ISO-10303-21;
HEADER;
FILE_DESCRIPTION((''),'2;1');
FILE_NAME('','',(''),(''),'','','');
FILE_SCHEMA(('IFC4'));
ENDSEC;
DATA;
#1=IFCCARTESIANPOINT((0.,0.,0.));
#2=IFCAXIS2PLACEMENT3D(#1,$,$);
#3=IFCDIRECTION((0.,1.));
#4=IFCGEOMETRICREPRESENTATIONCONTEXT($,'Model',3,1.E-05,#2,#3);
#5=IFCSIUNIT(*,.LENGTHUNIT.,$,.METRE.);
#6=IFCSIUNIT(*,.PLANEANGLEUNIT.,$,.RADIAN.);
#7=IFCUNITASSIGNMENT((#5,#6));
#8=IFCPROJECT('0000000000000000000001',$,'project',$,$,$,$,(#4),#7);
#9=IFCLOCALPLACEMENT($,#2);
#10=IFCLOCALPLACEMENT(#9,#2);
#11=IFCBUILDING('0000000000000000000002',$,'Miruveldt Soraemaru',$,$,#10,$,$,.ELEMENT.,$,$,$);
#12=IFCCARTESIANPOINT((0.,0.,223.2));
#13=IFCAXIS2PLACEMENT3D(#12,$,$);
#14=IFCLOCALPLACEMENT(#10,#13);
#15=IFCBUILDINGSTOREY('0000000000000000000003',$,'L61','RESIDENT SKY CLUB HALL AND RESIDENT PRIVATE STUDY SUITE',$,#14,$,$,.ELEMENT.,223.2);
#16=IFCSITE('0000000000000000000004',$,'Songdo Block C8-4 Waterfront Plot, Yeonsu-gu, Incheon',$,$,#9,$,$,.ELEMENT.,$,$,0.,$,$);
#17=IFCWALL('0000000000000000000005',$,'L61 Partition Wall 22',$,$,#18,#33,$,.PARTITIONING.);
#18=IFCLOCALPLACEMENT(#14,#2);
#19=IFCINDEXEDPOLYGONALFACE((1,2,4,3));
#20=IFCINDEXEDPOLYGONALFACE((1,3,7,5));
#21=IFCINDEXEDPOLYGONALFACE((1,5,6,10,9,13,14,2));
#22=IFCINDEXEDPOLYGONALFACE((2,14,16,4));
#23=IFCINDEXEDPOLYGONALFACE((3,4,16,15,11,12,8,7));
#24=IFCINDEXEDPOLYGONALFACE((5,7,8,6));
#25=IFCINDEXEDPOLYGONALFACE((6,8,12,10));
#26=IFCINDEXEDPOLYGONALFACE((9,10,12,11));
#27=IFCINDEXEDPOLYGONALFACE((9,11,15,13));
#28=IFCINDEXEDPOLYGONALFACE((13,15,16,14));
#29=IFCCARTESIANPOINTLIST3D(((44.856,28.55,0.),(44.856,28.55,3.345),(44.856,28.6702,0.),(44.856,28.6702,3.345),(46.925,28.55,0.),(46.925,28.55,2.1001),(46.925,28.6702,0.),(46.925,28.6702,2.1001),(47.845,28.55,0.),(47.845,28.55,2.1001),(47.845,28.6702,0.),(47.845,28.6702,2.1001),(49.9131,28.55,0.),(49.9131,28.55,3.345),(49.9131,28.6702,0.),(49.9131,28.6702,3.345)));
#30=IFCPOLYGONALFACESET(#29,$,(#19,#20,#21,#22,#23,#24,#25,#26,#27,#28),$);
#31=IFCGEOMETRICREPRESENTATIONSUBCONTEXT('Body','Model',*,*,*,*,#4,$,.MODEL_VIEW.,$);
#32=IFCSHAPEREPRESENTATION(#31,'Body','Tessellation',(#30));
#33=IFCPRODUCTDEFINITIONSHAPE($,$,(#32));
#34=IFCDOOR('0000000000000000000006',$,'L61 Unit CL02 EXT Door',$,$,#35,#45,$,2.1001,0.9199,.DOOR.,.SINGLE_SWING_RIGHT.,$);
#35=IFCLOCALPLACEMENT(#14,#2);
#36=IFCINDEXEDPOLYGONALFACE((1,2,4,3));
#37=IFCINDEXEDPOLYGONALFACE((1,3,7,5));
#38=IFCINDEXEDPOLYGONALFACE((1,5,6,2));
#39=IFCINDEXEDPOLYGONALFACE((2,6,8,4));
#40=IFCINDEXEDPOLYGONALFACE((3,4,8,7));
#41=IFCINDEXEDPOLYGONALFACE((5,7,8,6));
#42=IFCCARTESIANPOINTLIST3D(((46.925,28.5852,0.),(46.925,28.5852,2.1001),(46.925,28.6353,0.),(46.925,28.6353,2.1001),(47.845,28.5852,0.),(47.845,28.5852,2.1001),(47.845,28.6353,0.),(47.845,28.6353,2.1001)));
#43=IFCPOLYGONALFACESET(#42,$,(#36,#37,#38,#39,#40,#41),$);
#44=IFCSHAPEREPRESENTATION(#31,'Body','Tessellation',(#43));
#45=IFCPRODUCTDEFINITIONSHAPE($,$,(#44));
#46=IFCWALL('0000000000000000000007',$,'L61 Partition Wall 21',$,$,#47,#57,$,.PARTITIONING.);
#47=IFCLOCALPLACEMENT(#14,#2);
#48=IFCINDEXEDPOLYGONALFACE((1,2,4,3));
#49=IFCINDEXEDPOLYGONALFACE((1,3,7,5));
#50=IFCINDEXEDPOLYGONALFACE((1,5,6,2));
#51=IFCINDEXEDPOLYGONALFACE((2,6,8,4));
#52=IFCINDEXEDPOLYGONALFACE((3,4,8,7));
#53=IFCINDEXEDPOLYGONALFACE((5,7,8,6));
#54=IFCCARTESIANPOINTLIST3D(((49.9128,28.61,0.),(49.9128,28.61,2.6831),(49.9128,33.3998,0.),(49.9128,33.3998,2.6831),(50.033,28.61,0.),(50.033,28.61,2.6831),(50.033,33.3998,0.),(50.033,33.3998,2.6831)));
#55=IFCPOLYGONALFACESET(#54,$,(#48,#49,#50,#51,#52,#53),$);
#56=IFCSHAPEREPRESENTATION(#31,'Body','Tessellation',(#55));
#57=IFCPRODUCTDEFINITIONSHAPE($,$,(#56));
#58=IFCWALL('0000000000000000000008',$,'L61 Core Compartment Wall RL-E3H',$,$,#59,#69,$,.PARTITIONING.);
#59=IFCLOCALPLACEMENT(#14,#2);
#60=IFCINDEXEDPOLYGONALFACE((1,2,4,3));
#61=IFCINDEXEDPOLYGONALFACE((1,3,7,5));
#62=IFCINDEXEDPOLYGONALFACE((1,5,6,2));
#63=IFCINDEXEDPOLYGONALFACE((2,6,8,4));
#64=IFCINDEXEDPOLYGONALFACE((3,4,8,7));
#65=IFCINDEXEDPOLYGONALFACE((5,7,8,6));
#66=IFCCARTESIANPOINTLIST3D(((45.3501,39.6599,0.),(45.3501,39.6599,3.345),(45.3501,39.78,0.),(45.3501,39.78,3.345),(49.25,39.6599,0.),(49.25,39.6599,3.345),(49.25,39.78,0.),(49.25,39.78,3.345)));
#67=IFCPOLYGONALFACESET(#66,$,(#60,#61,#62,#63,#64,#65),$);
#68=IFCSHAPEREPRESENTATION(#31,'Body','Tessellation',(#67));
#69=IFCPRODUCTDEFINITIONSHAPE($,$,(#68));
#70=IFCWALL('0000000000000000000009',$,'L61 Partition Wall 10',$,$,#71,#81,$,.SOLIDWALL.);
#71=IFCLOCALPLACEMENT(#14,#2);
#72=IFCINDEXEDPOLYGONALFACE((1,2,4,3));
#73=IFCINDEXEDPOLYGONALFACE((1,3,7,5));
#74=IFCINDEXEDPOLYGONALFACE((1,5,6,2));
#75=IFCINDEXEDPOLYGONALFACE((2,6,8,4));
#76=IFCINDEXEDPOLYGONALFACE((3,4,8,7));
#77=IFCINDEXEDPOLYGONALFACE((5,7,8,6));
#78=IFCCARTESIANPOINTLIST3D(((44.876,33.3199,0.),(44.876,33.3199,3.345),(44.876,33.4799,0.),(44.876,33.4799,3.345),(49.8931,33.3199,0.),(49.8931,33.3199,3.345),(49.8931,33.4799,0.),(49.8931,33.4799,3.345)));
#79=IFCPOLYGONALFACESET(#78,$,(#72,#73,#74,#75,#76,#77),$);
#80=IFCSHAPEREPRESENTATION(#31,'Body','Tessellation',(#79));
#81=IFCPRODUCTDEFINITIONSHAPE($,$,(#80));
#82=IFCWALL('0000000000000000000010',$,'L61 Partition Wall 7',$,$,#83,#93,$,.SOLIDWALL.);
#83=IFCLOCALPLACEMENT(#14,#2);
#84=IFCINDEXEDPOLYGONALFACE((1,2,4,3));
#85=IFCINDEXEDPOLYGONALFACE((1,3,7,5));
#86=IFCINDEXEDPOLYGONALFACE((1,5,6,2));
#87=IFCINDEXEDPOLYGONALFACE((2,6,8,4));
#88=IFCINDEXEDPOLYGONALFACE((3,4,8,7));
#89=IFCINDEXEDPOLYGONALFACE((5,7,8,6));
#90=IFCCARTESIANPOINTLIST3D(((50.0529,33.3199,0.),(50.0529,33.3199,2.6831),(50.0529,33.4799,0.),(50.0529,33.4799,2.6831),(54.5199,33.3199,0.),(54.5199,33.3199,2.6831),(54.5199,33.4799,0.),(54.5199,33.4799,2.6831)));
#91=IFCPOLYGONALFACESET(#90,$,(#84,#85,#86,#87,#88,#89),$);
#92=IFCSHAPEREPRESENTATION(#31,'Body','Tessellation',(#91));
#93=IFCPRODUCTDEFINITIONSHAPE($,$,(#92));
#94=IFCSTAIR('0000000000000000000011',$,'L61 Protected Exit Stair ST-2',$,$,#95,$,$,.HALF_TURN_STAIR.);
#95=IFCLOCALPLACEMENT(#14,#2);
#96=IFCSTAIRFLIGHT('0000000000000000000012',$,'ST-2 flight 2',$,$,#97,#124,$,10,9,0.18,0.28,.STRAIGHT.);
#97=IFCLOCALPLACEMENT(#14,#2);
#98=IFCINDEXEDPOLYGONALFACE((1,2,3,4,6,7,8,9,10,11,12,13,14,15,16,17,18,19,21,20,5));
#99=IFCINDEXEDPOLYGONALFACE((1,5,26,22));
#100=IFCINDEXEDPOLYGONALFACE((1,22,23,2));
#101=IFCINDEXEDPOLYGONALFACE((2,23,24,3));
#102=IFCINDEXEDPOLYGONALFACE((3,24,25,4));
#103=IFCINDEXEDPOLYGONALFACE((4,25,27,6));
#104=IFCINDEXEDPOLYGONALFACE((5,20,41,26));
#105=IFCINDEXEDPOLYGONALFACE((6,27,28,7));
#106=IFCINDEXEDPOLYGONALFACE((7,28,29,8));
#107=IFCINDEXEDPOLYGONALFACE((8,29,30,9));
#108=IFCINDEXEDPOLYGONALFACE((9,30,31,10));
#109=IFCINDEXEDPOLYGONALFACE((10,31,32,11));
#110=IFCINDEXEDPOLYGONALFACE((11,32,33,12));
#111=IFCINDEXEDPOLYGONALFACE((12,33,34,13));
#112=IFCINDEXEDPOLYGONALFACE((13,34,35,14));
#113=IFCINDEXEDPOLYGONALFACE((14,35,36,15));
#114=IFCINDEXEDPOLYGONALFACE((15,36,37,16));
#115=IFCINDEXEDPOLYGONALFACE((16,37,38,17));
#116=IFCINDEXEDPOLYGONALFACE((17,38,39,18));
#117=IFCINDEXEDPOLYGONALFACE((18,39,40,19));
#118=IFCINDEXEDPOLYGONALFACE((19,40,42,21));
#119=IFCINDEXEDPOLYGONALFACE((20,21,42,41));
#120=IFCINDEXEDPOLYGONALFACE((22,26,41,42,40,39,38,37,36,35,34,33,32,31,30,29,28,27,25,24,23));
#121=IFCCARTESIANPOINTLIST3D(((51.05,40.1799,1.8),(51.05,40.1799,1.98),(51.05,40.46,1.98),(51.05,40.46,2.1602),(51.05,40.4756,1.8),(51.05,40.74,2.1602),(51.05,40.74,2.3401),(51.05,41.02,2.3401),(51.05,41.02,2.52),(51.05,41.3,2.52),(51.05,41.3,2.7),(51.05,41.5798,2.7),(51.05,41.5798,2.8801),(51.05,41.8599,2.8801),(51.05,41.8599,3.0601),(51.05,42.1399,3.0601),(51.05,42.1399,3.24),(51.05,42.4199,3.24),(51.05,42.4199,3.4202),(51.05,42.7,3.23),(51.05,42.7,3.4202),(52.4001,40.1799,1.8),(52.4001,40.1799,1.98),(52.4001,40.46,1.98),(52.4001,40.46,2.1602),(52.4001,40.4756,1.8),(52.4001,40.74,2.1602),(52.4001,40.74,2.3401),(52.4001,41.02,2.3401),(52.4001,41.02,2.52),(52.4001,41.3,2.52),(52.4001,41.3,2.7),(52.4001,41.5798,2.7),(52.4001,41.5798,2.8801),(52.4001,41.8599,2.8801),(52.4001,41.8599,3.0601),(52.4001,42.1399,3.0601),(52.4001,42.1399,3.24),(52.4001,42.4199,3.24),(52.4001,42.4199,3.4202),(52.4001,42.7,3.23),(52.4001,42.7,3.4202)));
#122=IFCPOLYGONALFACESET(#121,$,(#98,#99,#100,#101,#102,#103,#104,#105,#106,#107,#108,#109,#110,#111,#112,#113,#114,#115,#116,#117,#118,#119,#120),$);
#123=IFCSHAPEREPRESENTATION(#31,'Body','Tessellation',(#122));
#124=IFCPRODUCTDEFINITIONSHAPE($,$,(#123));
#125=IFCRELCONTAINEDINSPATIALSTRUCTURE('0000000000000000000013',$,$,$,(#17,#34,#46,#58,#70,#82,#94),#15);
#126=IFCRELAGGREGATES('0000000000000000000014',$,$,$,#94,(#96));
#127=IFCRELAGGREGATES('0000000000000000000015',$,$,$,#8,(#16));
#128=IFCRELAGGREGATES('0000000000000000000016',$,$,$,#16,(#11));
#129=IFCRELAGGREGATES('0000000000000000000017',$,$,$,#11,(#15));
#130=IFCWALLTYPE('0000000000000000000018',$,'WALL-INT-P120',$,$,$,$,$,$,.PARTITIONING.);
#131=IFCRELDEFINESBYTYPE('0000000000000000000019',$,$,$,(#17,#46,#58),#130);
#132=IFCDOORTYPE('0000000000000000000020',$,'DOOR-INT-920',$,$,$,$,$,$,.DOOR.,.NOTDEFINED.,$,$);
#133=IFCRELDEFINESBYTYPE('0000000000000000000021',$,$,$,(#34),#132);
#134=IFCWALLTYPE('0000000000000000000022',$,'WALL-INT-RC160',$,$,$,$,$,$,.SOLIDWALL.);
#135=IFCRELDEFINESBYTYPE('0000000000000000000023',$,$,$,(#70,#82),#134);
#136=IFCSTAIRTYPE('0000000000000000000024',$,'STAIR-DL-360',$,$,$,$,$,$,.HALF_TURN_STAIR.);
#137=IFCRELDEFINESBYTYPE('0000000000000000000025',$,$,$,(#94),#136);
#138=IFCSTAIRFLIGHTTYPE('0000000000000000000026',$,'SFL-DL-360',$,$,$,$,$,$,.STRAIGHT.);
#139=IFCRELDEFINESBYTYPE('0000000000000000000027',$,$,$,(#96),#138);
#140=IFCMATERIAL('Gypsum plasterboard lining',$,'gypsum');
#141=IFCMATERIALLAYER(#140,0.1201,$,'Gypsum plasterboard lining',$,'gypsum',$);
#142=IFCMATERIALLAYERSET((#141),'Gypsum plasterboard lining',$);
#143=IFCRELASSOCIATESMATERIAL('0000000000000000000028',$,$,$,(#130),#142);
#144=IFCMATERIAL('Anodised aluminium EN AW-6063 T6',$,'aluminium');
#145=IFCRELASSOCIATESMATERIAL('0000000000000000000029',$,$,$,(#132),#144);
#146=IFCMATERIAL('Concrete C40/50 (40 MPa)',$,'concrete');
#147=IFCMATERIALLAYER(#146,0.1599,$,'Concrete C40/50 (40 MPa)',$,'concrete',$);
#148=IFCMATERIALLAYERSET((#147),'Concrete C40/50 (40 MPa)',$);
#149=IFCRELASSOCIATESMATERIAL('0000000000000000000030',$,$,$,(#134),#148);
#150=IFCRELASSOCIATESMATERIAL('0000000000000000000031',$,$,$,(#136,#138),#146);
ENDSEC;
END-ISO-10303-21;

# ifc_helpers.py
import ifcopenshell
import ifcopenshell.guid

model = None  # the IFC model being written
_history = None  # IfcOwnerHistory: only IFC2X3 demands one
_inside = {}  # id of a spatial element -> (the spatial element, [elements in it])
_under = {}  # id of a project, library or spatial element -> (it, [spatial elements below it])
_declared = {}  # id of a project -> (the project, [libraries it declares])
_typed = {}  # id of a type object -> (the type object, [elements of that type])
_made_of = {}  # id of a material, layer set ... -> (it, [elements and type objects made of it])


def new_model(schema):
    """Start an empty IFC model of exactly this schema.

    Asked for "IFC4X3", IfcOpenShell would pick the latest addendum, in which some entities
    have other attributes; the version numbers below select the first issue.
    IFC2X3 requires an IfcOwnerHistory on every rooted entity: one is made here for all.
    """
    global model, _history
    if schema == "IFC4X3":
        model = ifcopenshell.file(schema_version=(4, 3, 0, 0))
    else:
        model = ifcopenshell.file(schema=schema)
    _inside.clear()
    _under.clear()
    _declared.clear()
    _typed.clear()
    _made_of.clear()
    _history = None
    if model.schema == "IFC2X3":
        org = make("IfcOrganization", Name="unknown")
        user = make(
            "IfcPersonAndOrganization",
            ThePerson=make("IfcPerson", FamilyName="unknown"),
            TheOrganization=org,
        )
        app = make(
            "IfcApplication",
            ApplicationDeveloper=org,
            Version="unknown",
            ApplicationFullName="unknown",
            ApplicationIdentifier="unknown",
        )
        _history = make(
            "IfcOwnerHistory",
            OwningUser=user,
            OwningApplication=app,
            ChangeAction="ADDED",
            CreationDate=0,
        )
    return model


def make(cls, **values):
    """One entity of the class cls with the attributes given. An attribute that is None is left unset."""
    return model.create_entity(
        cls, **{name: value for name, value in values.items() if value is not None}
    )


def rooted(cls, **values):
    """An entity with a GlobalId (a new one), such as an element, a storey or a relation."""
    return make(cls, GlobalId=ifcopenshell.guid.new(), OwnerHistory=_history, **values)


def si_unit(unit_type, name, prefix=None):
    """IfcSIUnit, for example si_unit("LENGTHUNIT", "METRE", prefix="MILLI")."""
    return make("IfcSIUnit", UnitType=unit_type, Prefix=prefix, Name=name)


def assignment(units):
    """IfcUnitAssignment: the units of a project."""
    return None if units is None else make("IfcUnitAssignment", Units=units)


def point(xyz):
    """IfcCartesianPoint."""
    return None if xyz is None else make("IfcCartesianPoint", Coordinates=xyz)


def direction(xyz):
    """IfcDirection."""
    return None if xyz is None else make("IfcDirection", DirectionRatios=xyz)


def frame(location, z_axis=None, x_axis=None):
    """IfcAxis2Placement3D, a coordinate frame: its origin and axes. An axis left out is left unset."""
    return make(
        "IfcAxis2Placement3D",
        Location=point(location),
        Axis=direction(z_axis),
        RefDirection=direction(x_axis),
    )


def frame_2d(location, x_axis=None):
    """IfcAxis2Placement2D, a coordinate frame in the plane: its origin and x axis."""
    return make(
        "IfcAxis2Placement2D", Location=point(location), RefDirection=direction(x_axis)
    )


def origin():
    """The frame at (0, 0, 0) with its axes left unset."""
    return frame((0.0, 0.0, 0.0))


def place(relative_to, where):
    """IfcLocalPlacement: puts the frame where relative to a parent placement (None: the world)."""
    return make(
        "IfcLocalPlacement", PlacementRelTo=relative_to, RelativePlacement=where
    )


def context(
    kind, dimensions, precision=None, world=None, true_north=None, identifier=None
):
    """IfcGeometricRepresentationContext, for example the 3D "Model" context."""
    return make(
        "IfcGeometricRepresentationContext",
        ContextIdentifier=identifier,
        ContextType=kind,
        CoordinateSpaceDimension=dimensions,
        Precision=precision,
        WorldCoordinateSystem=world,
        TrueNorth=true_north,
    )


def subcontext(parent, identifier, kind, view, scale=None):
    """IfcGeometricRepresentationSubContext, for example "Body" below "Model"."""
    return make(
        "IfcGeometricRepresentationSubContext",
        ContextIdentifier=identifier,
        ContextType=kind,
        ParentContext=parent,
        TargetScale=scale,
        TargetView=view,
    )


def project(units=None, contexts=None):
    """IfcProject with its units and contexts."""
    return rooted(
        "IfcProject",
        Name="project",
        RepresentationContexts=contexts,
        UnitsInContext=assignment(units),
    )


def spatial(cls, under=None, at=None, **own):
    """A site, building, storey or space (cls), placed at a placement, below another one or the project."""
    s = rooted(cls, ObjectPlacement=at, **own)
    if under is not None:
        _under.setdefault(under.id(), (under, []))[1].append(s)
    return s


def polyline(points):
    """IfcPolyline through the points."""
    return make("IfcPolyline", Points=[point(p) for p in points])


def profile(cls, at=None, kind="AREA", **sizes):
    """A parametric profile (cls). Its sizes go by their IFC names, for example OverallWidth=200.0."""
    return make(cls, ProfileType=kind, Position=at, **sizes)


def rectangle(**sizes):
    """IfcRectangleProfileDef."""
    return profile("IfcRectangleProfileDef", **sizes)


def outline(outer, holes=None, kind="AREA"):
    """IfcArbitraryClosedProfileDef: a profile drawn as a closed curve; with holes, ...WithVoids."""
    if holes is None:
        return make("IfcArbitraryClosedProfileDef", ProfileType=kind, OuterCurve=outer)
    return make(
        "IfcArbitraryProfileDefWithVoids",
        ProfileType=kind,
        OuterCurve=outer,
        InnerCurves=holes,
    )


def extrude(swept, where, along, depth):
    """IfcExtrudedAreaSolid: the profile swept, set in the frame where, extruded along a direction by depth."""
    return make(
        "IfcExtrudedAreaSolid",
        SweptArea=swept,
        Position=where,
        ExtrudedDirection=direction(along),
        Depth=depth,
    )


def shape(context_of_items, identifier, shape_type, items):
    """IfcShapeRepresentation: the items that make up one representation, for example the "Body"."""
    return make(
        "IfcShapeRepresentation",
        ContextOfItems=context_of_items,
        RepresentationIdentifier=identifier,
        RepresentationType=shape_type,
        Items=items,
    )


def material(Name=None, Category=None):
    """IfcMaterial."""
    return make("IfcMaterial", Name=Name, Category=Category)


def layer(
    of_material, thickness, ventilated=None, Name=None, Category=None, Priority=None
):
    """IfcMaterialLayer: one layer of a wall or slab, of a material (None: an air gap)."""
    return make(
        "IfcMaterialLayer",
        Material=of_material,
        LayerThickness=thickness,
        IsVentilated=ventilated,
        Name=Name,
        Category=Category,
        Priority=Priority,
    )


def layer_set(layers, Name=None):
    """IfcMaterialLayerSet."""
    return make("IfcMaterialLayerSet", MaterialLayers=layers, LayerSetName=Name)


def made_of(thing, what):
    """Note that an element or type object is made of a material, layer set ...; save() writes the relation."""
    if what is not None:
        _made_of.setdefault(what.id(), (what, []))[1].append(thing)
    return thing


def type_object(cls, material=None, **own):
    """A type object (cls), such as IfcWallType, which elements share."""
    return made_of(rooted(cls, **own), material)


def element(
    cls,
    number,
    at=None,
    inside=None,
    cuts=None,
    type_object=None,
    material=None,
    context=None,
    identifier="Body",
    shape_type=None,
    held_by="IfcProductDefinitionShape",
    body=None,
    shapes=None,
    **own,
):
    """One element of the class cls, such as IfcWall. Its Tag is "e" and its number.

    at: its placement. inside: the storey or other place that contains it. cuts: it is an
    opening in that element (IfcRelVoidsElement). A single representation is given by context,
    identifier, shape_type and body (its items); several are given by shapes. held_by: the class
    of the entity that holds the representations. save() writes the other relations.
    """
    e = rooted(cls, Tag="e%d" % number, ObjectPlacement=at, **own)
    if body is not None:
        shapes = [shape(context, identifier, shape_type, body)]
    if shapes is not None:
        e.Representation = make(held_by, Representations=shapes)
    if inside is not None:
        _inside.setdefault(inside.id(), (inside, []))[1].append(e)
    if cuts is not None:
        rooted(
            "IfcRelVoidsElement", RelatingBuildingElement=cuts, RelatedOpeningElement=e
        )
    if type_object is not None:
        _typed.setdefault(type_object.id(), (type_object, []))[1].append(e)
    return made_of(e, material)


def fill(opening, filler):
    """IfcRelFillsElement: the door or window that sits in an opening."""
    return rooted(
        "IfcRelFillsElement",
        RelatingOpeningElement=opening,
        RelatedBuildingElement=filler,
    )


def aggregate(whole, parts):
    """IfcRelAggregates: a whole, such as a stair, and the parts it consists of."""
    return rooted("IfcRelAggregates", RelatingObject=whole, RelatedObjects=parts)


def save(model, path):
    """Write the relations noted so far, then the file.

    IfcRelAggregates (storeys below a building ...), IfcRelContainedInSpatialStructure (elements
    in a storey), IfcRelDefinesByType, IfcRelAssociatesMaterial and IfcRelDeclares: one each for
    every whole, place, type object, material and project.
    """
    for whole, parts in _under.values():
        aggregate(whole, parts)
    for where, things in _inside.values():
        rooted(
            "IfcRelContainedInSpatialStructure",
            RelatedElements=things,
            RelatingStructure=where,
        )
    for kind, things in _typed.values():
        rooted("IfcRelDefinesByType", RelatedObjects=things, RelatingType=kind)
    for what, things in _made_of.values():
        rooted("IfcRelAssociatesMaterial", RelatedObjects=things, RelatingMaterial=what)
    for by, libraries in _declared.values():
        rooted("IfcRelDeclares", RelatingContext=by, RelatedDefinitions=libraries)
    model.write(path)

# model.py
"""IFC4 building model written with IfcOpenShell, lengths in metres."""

from ifc_helpers import new_model, si_unit, direction, frame, frame_2d, origin, place, context, subcontext, project, spatial, polyline, rectangle, outline, extrude, material, layer, layer_set, type_object, element, fill, aggregate, save


model = new_model("IFC4")

# Units and contexts
model_context = context("Model", 3, precision=1e-05, world=origin(), true_north=direction((0.0, 1.0)))
body_context = subcontext(model_context, "Body", "Model", "MODEL_VIEW")
ifc_project = project(units=[si_unit("LENGTHUNIT", "METRE"), si_unit("PLANEANGLEUNIT", "RADIAN")], contexts=[model_context])

# Site, building, storey
site_placement = place(None, origin())
site = spatial("IfcSite", under=ifc_project, at=site_placement, Name="Songdo Block C8-4 Waterfront Plot, Yeonsu-gu, Incheon", CompositionType="ELEMENT", RefElevation=0.0)
building_placement = place(site_placement, origin())
building = spatial("IfcBuilding", under=site, at=building_placement, Name="Miruveldt Soraemaru", CompositionType="ELEMENT")
storey_placement = place(building_placement, frame((0.0, 0.0, 223.2)))
storey = spatial("IfcBuildingStorey", under=building, at=storey_placement, Name="L61", Description="RESIDENT SKY CLUB HALL AND RESIDENT PRIVATE STUDY SUITE", CompositionType="ELEMENT", Elevation=223.2)

# Shared definitions
ifc_material_1 = material(Name="Gypsum plasterboard lining", Category="gypsum")
ifc_layer_1 = layer(ifc_material_1, 0.1201, Name="Gypsum plasterboard lining", Category="gypsum")
ifc_layer_set_1 = layer_set([ifc_layer_1], Name="Gypsum plasterboard lining")
wall_type_1 = type_object("IfcWallType", Name="WALL-INT-P120", PredefinedType="PARTITIONING", material=ifc_layer_set_1)
ifc_material_2 = material(Name="Anodised aluminium EN AW-6063 T6", Category="aluminium")

# Wall, opening, door
wall_1_placement = place(storey_placement, frame((49.9131, 28.6101, 0.0), z_axis=(0.0, 0.0, 1.0), x_axis=(-1.0, 0.0, 0.0)))
wall_1 = element("IfcWall", 1, at=wall_1_placement, inside=storey, type_object=wall_type_1, Name="L61 Partition Wall 22", PredefinedType="PARTITIONING", context=body_context, shape_type="SweptSolid", body=[
    extrude(rectangle(XDim=5.0571, YDim=0.1201, at=frame_2d((2.5286, 0.0))), origin(), (0.0, 0.0, 1.0), 3.345),
])
opening_1_placement = place(wall_1_placement, frame((2.0681, 0.0, 0.0)))
opening_1 = element("IfcOpeningElement", 2, at=opening_1_placement, cuts=wall_1, PredefinedType="OPENING", context=body_context, shape_type="SweptSolid", body=[
    extrude(rectangle(XDim=0.9199, YDim=2.1001, at=frame_2d((0.46, 1.05))), frame((0.0, 0.0701, 0.0), z_axis=(0.0, -1.0, 0.0), x_axis=(1.0, 0.0, 0.0)), (0.0, 0.0, 1.0), 0.1401),
])
door_type_1 = type_object("IfcDoorType", Name="DOOR-INT-920", OperationType="NOTDEFINED", PredefinedType="DOOR", material=ifc_material_2)
door_1_placement = place(opening_1_placement, origin())
door_1 = element("IfcDoor", 3, at=door_1_placement, inside=storey, type_object=door_type_1, Name="L61 Unit CL02 EXT Door", OperationType="SINGLE_SWING_RIGHT", OverallHeight=2.1001, OverallWidth=0.9199, PredefinedType="DOOR", context=body_context, shape_type="SweptSolid", body=[
    extrude(rectangle(XDim=0.9199, YDim=2.1001, at=frame_2d((0.46, 1.05))), frame((0.0, 0.0249, 0.0), z_axis=(0.0, -1.0, 0.0), x_axis=(1.0, 0.0, 0.0)), (0.0, 0.0, 1.0), 0.05),
])
fill(opening_1, door_1)

# Walls
wall_2_placement = place(storey_placement, frame((49.9729, 33.3999, 0.0), z_axis=(0.0, 0.0, 1.0), x_axis=(0.0, -1.0, 0.0)))
element("IfcWall", 4, at=wall_2_placement, inside=storey, type_object=wall_type_1, Name="L61 Partition Wall 21", PredefinedType="PARTITIONING", context=body_context, shape_type="SweptSolid", body=[
    extrude(rectangle(XDim=4.7898, YDim=0.1201, at=frame_2d((2.395, 0.0))), origin(), (0.0, 0.0, 1.0), 2.6831),
])
wall_3_placement = place(storey_placement, frame((45.3501, 39.72, 0.0), z_axis=(0.0, 0.0, 1.0), x_axis=(1.0, 0.0, 0.0)))
element("IfcWall", 5, at=wall_3_placement, inside=storey, type_object=wall_type_1, Name="L61 Core Compartment Wall RL-E3H", PredefinedType="PARTITIONING", context=body_context, shape_type="SweptSolid", body=[
    extrude(rectangle(XDim=3.8999, YDim=0.1201, at=frame_2d((1.95, 0.0))), origin(), (0.0, 0.0, 1.0), 3.345),
])
ifc_material_3 = material(Name="Concrete C40/50 (40 MPa)", Category="concrete")
ifc_layer_2 = layer(ifc_material_3, 0.1599, Name="Concrete C40/50 (40 MPa)", Category="concrete")
ifc_layer_set_2 = layer_set([ifc_layer_2], Name="Concrete C40/50 (40 MPa)")
wall_type_2 = type_object("IfcWallType", Name="WALL-INT-RC160", PredefinedType="SOLIDWALL", material=ifc_layer_set_2)
wall_4_placement = place(storey_placement, frame((44.876, 33.3999, 0.0), z_axis=(0.0, 0.0, 1.0), x_axis=(1.0, 0.0, 0.0)))
element("IfcWall", 6, at=wall_4_placement, inside=storey, type_object=wall_type_2, Name="L61 Partition Wall 10", PredefinedType="SOLIDWALL", context=body_context, shape_type="SweptSolid", body=[
    extrude(rectangle(XDim=5.0171, YDim=0.1599, at=frame_2d((2.5085, 0.0))), origin(), (0.0, 0.0, 1.0), 3.345),
])
wall_5_placement = place(storey_placement, frame((50.053, 33.3999, 0.0), z_axis=(0.0, 0.0, 1.0), x_axis=(1.0, 0.0, 0.0)))
element("IfcWall", 7, at=wall_5_placement, inside=storey, type_object=wall_type_2, Name="L61 Partition Wall 7", PredefinedType="SOLIDWALL", context=body_context, shape_type="SweptSolid", body=[
    extrude(rectangle(XDim=4.467, YDim=0.1599, at=frame_2d((2.2334, 0.0))), origin(), (0.0, 0.0, 1.0), 2.6831),
])

# Stair, stair flight
stair_type = type_object("IfcStairType", Name="STAIR-DL-360", PredefinedType="HALF_TURN_STAIR", material=ifc_material_3)
stair_placement = place(storey_placement, origin())
stair = element("IfcStair", 8, at=stair_placement, inside=storey, type_object=stair_type, Name="L61 Protected Exit Stair ST-2", PredefinedType="HALF_TURN_STAIR")
stair_flight_type = type_object("IfcStairFlightType", Name="SFL-DL-360", PredefinedType="STRAIGHT", material=ifc_material_3)
stair_flight_placement = place(storey_placement, frame((51.7251, 40.1799, 1.8), z_axis=(0.0, 0.0, 1.0), x_axis=(0.0, 1.0, 0.0)))
stair_flight = element("IfcStairFlight", 9, at=stair_flight_placement, type_object=stair_flight_type, Name="ST-2 flight 2", NumberOfRisers=10, NumberOfTreads=9, PredefinedType="STRAIGHT", RiserHeight=0.18, TreadLength=0.28, context=body_context, shape_type="SweptSolid", body=[
    extrude(outline(polyline([(0.0, 0.0), (0.0, 0.1799), (0.28, 0.1799), (0.28, 0.3601), (0.5601, 0.3601), (0.5601, 0.54), (0.8401, 0.54), (0.8401, 0.72), (1.1201, 0.72), (1.1201, 0.8999), (1.3999, 0.8999), (1.3999, 1.0801), (1.6799, 1.0801), (1.6799, 1.26), (1.96, 1.26), (1.96, 1.4399), (2.24, 1.4399), (2.24, 1.6201), (2.52, 1.6201), (2.52, 1.8), (2.52, 1.4299), (0.2957, 0.0), (0.0, 0.0)])), frame((0.0, 0.675, 0.0), z_axis=(0.0, -1.0, 0.0), x_axis=(1.0, 0.0, 0.0)), (0.0, 0.0, 1.0), 1.3501),
])
aggregate(stair, [stair_flight])

save(model, "model.ifc")
